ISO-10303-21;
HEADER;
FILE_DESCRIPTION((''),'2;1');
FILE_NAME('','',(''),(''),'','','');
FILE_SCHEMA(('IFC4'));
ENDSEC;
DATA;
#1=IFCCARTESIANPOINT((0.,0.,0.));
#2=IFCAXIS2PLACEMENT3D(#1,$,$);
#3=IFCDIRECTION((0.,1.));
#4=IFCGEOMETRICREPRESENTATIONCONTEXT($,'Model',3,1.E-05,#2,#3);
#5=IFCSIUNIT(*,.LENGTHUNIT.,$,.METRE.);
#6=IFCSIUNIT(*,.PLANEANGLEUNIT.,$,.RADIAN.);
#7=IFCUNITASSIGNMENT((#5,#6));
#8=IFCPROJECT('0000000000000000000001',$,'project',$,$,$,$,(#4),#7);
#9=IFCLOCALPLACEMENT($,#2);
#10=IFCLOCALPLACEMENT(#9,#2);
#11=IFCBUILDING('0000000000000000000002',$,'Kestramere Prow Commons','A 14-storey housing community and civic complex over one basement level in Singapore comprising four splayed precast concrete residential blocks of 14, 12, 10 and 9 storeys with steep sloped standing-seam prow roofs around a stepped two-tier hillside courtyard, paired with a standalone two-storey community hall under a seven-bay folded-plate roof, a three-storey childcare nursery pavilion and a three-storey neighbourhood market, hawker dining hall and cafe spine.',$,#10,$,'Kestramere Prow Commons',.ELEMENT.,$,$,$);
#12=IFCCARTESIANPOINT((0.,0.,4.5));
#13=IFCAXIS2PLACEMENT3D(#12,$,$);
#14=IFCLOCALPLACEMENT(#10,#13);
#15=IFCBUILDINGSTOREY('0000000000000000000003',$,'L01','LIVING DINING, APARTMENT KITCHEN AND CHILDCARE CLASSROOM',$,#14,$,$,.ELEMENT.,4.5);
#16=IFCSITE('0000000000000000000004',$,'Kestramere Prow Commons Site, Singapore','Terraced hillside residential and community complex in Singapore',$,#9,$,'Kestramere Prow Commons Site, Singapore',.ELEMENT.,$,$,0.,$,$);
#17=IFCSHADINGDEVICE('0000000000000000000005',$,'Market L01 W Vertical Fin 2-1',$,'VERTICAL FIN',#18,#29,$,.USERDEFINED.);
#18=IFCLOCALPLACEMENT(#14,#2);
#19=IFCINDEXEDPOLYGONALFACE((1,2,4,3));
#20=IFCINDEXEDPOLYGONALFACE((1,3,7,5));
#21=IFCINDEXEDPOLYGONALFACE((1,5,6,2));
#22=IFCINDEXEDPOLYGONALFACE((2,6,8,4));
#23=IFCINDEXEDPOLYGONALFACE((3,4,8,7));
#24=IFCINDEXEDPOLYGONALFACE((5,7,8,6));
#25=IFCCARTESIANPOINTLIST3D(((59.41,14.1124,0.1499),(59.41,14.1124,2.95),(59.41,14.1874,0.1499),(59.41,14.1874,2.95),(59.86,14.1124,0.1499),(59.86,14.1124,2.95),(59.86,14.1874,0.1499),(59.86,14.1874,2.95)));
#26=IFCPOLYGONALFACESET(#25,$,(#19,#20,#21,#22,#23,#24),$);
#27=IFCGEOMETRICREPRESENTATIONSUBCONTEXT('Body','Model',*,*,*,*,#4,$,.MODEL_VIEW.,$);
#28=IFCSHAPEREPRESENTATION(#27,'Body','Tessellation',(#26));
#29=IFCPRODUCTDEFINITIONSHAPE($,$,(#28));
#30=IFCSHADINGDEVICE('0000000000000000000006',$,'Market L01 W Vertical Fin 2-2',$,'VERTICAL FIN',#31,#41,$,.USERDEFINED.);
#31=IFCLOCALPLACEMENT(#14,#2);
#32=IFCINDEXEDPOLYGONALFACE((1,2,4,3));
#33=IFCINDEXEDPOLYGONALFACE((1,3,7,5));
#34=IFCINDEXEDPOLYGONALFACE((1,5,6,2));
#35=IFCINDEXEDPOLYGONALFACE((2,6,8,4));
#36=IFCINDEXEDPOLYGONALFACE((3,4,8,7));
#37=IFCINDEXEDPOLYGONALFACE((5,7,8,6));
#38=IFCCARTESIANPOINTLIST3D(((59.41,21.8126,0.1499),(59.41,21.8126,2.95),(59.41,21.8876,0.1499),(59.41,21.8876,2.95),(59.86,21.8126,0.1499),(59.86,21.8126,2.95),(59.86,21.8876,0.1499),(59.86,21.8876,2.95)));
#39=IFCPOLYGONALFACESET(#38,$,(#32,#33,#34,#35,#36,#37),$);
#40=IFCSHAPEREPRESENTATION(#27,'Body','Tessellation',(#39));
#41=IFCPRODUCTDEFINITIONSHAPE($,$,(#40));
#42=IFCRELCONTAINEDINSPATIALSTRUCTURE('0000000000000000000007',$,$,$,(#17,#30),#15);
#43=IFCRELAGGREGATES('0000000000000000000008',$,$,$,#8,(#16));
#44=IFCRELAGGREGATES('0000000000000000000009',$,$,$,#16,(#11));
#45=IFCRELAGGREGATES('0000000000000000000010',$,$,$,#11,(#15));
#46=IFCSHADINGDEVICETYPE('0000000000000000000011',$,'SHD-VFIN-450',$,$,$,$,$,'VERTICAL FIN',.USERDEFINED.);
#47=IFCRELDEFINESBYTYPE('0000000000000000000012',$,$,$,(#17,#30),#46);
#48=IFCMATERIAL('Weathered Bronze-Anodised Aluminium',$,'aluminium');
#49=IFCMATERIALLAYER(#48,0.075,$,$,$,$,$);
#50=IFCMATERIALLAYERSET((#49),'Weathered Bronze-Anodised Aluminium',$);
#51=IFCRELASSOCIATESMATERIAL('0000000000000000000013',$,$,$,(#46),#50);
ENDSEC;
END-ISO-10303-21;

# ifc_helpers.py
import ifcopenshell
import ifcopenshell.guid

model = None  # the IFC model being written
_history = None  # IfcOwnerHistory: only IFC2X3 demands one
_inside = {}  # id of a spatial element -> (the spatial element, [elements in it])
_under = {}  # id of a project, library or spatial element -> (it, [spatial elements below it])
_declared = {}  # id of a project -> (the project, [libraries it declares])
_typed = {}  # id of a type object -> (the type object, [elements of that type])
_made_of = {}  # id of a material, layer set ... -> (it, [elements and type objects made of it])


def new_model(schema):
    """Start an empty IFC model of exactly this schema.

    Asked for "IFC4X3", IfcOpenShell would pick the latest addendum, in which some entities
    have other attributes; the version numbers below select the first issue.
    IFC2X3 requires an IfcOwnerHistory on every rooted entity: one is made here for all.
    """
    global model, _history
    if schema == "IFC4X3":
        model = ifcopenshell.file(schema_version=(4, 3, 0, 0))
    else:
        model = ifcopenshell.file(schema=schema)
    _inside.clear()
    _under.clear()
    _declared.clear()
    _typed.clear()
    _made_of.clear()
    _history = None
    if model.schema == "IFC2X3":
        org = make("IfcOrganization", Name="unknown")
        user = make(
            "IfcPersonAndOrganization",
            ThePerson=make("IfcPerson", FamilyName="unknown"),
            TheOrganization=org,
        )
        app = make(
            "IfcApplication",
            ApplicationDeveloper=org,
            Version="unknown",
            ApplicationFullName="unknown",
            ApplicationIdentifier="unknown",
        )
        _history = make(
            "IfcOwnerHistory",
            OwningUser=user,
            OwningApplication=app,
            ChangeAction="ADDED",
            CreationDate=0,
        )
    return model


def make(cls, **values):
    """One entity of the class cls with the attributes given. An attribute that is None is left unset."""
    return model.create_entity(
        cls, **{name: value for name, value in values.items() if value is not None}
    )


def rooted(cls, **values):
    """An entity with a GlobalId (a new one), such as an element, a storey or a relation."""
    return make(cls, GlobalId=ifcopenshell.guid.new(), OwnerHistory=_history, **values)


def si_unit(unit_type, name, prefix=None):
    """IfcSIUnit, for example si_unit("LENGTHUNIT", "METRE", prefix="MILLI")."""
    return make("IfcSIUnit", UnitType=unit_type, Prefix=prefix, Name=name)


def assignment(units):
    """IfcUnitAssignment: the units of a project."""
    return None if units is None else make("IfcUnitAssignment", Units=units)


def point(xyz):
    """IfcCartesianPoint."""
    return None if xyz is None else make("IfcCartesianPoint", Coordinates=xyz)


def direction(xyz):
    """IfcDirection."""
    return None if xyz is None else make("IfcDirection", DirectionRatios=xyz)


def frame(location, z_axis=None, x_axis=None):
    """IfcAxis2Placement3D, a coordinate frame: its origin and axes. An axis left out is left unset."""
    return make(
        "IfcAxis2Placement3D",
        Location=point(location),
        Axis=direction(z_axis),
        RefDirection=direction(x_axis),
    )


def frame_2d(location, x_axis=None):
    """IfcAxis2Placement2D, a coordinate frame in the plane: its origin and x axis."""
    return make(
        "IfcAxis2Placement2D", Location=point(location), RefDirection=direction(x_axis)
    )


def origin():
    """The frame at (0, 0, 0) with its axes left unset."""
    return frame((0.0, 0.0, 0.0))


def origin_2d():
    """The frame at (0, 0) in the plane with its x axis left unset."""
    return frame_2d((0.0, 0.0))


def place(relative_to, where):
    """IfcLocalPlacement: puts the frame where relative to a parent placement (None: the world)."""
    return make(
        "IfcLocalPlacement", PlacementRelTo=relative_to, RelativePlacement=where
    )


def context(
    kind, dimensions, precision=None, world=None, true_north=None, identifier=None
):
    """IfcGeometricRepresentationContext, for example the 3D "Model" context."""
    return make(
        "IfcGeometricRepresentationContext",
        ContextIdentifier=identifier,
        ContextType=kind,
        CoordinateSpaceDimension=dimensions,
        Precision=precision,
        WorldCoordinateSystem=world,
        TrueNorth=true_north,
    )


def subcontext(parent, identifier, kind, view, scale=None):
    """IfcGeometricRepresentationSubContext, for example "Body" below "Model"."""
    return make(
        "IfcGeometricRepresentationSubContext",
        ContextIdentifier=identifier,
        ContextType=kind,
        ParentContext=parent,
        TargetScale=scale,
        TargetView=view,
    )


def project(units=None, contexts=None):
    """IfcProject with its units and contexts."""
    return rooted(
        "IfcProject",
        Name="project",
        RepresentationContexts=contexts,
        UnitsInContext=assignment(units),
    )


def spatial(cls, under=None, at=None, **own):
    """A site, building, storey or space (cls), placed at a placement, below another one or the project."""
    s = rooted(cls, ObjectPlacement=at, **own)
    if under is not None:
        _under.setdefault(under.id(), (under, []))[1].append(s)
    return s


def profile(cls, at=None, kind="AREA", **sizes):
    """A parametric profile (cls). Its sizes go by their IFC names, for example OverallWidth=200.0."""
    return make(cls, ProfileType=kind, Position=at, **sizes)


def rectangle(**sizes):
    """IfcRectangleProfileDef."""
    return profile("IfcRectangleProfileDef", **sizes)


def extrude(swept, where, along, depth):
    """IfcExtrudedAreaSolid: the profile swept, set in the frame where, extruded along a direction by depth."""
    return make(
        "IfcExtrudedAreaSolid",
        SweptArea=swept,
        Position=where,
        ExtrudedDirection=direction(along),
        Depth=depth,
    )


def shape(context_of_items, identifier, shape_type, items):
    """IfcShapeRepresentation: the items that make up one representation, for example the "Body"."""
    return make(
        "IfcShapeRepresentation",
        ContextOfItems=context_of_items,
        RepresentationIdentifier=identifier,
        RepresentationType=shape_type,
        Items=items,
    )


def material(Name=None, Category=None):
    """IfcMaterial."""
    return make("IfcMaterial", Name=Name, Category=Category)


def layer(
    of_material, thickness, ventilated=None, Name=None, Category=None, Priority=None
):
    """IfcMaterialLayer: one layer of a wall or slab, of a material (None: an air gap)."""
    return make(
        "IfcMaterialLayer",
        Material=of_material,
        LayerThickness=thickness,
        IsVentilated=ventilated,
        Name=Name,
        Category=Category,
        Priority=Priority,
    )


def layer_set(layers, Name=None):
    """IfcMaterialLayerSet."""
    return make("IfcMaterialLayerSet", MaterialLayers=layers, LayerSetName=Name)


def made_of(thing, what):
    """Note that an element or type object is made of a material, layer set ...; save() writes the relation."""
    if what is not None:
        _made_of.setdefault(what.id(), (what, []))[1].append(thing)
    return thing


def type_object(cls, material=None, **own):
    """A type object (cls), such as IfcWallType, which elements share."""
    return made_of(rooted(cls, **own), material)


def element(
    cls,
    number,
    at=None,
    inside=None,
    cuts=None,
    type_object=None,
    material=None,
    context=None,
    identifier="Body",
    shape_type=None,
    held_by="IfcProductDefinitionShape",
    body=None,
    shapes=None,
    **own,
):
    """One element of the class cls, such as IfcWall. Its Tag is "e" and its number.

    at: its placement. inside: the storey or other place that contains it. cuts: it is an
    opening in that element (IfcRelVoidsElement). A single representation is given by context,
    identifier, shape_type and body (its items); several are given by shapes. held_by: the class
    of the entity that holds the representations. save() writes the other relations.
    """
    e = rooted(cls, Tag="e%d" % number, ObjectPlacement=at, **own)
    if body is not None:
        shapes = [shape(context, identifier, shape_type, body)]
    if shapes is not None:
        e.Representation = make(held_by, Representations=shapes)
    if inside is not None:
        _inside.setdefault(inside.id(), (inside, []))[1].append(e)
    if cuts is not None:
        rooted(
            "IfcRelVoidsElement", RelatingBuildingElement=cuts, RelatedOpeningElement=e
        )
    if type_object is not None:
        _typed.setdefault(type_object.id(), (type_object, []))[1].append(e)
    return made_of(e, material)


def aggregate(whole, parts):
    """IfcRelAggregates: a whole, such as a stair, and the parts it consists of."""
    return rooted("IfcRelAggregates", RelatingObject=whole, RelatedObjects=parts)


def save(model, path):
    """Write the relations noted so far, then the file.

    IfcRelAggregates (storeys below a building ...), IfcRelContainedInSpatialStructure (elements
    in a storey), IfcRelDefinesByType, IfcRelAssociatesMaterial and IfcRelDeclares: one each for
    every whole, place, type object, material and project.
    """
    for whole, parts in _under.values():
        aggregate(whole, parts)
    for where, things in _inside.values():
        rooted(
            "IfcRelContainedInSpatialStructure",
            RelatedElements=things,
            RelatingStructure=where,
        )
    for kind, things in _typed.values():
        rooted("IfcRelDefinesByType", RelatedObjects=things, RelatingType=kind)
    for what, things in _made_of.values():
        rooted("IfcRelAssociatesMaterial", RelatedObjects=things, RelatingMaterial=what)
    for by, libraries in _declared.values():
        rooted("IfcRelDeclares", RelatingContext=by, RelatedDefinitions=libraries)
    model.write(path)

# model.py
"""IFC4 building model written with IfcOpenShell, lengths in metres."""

from ifc_helpers import new_model, si_unit, direction, frame, origin, origin_2d, place, context, subcontext, project, spatial, rectangle, extrude, material, layer, layer_set, type_object, element, save


model = new_model("IFC4")

# Units and contexts
model_context = context("Model", 3, precision=1e-05, world=origin(), true_north=direction((0.0, 1.0)))
body_context = subcontext(model_context, "Body", "Model", "MODEL_VIEW")
ifc_project = project(units=[si_unit("LENGTHUNIT", "METRE"), si_unit("PLANEANGLEUNIT", "RADIAN")], contexts=[model_context])

# Site, building, storey
site_placement = place(None, origin())
site = spatial("IfcSite", under=ifc_project, at=site_placement, Name="Kestramere Prow Commons Site, Singapore", Description="Terraced hillside residential and community complex in Singapore", LongName="Kestramere Prow Commons Site, Singapore", CompositionType="ELEMENT", RefElevation=0.0)
building_placement = place(site_placement, origin())
building = spatial("IfcBuilding", under=site, at=building_placement, Name="Kestramere Prow Commons", Description="A 14-storey housing community and civic complex over one basement level in Singapore comprising four splayed precast concrete residential blocks of 14, 12, 10 and 9 storeys with steep sloped standing-seam prow roofs around a stepped two-tier hillside courtyard, paired with a standalone two-storey community hall under a seven-bay folded-plate roof, a three-storey childcare nursery pavilion and a three-storey neighbourhood market, hawker dining hall and cafe spine.", LongName="Kestramere Prow Commons", CompositionType="ELEMENT")
storey_placement = place(building_placement, frame((0.0, 0.0, 4.5)))
storey = spatial("IfcBuildingStorey", under=building, at=storey_placement, Name="L01", Description="LIVING DINING, APARTMENT KITCHEN AND CHILDCARE CLASSROOM", CompositionType="ELEMENT", Elevation=4.5)

# Shading devices
ifc_material_1 = material(Name="Weathered Bronze-Anodised Aluminium", Category="aluminium")
ifc_layer_1 = layer(ifc_material_1, 0.075)
ifc_layer_set_1 = layer_set([ifc_layer_1], Name="Weathered Bronze-Anodised Aluminium")
shading_device_type = type_object("IfcShadingDeviceType", Name="SHD-VFIN-450", ElementType="VERTICAL FIN", PredefinedType="USERDEFINED", material=ifc_layer_set_1)
for number, where, z_axis, x_axis, name in (
    (1, (59.635, 14.1499, 0.1499), (0.0, 0.0, 1.0), (1.0, 0.0, 0.0), "Market L01 W Vertical Fin 2-1"),
    (2, (59.635, 21.8501, 0.1499), (0.0, 0.0, 1.0), (1.0, 0.0, 0.0), "Market L01 W Vertical Fin 2-2"),
):
    element("IfcShadingDevice", number, at=place(storey_placement, frame(where, z_axis=z_axis, x_axis=x_axis)), inside=storey, type_object=shading_device_type, Name=name, ObjectType="VERTICAL FIN", PredefinedType="USERDEFINED", context=body_context, shape_type="SweptSolid", body=[
        extrude(rectangle(XDim=0.45, YDim=0.075, at=origin_2d()), origin(), (0.0, 0.0, 1.0), 2.8),
    ])

save(model, "model.ifc")
